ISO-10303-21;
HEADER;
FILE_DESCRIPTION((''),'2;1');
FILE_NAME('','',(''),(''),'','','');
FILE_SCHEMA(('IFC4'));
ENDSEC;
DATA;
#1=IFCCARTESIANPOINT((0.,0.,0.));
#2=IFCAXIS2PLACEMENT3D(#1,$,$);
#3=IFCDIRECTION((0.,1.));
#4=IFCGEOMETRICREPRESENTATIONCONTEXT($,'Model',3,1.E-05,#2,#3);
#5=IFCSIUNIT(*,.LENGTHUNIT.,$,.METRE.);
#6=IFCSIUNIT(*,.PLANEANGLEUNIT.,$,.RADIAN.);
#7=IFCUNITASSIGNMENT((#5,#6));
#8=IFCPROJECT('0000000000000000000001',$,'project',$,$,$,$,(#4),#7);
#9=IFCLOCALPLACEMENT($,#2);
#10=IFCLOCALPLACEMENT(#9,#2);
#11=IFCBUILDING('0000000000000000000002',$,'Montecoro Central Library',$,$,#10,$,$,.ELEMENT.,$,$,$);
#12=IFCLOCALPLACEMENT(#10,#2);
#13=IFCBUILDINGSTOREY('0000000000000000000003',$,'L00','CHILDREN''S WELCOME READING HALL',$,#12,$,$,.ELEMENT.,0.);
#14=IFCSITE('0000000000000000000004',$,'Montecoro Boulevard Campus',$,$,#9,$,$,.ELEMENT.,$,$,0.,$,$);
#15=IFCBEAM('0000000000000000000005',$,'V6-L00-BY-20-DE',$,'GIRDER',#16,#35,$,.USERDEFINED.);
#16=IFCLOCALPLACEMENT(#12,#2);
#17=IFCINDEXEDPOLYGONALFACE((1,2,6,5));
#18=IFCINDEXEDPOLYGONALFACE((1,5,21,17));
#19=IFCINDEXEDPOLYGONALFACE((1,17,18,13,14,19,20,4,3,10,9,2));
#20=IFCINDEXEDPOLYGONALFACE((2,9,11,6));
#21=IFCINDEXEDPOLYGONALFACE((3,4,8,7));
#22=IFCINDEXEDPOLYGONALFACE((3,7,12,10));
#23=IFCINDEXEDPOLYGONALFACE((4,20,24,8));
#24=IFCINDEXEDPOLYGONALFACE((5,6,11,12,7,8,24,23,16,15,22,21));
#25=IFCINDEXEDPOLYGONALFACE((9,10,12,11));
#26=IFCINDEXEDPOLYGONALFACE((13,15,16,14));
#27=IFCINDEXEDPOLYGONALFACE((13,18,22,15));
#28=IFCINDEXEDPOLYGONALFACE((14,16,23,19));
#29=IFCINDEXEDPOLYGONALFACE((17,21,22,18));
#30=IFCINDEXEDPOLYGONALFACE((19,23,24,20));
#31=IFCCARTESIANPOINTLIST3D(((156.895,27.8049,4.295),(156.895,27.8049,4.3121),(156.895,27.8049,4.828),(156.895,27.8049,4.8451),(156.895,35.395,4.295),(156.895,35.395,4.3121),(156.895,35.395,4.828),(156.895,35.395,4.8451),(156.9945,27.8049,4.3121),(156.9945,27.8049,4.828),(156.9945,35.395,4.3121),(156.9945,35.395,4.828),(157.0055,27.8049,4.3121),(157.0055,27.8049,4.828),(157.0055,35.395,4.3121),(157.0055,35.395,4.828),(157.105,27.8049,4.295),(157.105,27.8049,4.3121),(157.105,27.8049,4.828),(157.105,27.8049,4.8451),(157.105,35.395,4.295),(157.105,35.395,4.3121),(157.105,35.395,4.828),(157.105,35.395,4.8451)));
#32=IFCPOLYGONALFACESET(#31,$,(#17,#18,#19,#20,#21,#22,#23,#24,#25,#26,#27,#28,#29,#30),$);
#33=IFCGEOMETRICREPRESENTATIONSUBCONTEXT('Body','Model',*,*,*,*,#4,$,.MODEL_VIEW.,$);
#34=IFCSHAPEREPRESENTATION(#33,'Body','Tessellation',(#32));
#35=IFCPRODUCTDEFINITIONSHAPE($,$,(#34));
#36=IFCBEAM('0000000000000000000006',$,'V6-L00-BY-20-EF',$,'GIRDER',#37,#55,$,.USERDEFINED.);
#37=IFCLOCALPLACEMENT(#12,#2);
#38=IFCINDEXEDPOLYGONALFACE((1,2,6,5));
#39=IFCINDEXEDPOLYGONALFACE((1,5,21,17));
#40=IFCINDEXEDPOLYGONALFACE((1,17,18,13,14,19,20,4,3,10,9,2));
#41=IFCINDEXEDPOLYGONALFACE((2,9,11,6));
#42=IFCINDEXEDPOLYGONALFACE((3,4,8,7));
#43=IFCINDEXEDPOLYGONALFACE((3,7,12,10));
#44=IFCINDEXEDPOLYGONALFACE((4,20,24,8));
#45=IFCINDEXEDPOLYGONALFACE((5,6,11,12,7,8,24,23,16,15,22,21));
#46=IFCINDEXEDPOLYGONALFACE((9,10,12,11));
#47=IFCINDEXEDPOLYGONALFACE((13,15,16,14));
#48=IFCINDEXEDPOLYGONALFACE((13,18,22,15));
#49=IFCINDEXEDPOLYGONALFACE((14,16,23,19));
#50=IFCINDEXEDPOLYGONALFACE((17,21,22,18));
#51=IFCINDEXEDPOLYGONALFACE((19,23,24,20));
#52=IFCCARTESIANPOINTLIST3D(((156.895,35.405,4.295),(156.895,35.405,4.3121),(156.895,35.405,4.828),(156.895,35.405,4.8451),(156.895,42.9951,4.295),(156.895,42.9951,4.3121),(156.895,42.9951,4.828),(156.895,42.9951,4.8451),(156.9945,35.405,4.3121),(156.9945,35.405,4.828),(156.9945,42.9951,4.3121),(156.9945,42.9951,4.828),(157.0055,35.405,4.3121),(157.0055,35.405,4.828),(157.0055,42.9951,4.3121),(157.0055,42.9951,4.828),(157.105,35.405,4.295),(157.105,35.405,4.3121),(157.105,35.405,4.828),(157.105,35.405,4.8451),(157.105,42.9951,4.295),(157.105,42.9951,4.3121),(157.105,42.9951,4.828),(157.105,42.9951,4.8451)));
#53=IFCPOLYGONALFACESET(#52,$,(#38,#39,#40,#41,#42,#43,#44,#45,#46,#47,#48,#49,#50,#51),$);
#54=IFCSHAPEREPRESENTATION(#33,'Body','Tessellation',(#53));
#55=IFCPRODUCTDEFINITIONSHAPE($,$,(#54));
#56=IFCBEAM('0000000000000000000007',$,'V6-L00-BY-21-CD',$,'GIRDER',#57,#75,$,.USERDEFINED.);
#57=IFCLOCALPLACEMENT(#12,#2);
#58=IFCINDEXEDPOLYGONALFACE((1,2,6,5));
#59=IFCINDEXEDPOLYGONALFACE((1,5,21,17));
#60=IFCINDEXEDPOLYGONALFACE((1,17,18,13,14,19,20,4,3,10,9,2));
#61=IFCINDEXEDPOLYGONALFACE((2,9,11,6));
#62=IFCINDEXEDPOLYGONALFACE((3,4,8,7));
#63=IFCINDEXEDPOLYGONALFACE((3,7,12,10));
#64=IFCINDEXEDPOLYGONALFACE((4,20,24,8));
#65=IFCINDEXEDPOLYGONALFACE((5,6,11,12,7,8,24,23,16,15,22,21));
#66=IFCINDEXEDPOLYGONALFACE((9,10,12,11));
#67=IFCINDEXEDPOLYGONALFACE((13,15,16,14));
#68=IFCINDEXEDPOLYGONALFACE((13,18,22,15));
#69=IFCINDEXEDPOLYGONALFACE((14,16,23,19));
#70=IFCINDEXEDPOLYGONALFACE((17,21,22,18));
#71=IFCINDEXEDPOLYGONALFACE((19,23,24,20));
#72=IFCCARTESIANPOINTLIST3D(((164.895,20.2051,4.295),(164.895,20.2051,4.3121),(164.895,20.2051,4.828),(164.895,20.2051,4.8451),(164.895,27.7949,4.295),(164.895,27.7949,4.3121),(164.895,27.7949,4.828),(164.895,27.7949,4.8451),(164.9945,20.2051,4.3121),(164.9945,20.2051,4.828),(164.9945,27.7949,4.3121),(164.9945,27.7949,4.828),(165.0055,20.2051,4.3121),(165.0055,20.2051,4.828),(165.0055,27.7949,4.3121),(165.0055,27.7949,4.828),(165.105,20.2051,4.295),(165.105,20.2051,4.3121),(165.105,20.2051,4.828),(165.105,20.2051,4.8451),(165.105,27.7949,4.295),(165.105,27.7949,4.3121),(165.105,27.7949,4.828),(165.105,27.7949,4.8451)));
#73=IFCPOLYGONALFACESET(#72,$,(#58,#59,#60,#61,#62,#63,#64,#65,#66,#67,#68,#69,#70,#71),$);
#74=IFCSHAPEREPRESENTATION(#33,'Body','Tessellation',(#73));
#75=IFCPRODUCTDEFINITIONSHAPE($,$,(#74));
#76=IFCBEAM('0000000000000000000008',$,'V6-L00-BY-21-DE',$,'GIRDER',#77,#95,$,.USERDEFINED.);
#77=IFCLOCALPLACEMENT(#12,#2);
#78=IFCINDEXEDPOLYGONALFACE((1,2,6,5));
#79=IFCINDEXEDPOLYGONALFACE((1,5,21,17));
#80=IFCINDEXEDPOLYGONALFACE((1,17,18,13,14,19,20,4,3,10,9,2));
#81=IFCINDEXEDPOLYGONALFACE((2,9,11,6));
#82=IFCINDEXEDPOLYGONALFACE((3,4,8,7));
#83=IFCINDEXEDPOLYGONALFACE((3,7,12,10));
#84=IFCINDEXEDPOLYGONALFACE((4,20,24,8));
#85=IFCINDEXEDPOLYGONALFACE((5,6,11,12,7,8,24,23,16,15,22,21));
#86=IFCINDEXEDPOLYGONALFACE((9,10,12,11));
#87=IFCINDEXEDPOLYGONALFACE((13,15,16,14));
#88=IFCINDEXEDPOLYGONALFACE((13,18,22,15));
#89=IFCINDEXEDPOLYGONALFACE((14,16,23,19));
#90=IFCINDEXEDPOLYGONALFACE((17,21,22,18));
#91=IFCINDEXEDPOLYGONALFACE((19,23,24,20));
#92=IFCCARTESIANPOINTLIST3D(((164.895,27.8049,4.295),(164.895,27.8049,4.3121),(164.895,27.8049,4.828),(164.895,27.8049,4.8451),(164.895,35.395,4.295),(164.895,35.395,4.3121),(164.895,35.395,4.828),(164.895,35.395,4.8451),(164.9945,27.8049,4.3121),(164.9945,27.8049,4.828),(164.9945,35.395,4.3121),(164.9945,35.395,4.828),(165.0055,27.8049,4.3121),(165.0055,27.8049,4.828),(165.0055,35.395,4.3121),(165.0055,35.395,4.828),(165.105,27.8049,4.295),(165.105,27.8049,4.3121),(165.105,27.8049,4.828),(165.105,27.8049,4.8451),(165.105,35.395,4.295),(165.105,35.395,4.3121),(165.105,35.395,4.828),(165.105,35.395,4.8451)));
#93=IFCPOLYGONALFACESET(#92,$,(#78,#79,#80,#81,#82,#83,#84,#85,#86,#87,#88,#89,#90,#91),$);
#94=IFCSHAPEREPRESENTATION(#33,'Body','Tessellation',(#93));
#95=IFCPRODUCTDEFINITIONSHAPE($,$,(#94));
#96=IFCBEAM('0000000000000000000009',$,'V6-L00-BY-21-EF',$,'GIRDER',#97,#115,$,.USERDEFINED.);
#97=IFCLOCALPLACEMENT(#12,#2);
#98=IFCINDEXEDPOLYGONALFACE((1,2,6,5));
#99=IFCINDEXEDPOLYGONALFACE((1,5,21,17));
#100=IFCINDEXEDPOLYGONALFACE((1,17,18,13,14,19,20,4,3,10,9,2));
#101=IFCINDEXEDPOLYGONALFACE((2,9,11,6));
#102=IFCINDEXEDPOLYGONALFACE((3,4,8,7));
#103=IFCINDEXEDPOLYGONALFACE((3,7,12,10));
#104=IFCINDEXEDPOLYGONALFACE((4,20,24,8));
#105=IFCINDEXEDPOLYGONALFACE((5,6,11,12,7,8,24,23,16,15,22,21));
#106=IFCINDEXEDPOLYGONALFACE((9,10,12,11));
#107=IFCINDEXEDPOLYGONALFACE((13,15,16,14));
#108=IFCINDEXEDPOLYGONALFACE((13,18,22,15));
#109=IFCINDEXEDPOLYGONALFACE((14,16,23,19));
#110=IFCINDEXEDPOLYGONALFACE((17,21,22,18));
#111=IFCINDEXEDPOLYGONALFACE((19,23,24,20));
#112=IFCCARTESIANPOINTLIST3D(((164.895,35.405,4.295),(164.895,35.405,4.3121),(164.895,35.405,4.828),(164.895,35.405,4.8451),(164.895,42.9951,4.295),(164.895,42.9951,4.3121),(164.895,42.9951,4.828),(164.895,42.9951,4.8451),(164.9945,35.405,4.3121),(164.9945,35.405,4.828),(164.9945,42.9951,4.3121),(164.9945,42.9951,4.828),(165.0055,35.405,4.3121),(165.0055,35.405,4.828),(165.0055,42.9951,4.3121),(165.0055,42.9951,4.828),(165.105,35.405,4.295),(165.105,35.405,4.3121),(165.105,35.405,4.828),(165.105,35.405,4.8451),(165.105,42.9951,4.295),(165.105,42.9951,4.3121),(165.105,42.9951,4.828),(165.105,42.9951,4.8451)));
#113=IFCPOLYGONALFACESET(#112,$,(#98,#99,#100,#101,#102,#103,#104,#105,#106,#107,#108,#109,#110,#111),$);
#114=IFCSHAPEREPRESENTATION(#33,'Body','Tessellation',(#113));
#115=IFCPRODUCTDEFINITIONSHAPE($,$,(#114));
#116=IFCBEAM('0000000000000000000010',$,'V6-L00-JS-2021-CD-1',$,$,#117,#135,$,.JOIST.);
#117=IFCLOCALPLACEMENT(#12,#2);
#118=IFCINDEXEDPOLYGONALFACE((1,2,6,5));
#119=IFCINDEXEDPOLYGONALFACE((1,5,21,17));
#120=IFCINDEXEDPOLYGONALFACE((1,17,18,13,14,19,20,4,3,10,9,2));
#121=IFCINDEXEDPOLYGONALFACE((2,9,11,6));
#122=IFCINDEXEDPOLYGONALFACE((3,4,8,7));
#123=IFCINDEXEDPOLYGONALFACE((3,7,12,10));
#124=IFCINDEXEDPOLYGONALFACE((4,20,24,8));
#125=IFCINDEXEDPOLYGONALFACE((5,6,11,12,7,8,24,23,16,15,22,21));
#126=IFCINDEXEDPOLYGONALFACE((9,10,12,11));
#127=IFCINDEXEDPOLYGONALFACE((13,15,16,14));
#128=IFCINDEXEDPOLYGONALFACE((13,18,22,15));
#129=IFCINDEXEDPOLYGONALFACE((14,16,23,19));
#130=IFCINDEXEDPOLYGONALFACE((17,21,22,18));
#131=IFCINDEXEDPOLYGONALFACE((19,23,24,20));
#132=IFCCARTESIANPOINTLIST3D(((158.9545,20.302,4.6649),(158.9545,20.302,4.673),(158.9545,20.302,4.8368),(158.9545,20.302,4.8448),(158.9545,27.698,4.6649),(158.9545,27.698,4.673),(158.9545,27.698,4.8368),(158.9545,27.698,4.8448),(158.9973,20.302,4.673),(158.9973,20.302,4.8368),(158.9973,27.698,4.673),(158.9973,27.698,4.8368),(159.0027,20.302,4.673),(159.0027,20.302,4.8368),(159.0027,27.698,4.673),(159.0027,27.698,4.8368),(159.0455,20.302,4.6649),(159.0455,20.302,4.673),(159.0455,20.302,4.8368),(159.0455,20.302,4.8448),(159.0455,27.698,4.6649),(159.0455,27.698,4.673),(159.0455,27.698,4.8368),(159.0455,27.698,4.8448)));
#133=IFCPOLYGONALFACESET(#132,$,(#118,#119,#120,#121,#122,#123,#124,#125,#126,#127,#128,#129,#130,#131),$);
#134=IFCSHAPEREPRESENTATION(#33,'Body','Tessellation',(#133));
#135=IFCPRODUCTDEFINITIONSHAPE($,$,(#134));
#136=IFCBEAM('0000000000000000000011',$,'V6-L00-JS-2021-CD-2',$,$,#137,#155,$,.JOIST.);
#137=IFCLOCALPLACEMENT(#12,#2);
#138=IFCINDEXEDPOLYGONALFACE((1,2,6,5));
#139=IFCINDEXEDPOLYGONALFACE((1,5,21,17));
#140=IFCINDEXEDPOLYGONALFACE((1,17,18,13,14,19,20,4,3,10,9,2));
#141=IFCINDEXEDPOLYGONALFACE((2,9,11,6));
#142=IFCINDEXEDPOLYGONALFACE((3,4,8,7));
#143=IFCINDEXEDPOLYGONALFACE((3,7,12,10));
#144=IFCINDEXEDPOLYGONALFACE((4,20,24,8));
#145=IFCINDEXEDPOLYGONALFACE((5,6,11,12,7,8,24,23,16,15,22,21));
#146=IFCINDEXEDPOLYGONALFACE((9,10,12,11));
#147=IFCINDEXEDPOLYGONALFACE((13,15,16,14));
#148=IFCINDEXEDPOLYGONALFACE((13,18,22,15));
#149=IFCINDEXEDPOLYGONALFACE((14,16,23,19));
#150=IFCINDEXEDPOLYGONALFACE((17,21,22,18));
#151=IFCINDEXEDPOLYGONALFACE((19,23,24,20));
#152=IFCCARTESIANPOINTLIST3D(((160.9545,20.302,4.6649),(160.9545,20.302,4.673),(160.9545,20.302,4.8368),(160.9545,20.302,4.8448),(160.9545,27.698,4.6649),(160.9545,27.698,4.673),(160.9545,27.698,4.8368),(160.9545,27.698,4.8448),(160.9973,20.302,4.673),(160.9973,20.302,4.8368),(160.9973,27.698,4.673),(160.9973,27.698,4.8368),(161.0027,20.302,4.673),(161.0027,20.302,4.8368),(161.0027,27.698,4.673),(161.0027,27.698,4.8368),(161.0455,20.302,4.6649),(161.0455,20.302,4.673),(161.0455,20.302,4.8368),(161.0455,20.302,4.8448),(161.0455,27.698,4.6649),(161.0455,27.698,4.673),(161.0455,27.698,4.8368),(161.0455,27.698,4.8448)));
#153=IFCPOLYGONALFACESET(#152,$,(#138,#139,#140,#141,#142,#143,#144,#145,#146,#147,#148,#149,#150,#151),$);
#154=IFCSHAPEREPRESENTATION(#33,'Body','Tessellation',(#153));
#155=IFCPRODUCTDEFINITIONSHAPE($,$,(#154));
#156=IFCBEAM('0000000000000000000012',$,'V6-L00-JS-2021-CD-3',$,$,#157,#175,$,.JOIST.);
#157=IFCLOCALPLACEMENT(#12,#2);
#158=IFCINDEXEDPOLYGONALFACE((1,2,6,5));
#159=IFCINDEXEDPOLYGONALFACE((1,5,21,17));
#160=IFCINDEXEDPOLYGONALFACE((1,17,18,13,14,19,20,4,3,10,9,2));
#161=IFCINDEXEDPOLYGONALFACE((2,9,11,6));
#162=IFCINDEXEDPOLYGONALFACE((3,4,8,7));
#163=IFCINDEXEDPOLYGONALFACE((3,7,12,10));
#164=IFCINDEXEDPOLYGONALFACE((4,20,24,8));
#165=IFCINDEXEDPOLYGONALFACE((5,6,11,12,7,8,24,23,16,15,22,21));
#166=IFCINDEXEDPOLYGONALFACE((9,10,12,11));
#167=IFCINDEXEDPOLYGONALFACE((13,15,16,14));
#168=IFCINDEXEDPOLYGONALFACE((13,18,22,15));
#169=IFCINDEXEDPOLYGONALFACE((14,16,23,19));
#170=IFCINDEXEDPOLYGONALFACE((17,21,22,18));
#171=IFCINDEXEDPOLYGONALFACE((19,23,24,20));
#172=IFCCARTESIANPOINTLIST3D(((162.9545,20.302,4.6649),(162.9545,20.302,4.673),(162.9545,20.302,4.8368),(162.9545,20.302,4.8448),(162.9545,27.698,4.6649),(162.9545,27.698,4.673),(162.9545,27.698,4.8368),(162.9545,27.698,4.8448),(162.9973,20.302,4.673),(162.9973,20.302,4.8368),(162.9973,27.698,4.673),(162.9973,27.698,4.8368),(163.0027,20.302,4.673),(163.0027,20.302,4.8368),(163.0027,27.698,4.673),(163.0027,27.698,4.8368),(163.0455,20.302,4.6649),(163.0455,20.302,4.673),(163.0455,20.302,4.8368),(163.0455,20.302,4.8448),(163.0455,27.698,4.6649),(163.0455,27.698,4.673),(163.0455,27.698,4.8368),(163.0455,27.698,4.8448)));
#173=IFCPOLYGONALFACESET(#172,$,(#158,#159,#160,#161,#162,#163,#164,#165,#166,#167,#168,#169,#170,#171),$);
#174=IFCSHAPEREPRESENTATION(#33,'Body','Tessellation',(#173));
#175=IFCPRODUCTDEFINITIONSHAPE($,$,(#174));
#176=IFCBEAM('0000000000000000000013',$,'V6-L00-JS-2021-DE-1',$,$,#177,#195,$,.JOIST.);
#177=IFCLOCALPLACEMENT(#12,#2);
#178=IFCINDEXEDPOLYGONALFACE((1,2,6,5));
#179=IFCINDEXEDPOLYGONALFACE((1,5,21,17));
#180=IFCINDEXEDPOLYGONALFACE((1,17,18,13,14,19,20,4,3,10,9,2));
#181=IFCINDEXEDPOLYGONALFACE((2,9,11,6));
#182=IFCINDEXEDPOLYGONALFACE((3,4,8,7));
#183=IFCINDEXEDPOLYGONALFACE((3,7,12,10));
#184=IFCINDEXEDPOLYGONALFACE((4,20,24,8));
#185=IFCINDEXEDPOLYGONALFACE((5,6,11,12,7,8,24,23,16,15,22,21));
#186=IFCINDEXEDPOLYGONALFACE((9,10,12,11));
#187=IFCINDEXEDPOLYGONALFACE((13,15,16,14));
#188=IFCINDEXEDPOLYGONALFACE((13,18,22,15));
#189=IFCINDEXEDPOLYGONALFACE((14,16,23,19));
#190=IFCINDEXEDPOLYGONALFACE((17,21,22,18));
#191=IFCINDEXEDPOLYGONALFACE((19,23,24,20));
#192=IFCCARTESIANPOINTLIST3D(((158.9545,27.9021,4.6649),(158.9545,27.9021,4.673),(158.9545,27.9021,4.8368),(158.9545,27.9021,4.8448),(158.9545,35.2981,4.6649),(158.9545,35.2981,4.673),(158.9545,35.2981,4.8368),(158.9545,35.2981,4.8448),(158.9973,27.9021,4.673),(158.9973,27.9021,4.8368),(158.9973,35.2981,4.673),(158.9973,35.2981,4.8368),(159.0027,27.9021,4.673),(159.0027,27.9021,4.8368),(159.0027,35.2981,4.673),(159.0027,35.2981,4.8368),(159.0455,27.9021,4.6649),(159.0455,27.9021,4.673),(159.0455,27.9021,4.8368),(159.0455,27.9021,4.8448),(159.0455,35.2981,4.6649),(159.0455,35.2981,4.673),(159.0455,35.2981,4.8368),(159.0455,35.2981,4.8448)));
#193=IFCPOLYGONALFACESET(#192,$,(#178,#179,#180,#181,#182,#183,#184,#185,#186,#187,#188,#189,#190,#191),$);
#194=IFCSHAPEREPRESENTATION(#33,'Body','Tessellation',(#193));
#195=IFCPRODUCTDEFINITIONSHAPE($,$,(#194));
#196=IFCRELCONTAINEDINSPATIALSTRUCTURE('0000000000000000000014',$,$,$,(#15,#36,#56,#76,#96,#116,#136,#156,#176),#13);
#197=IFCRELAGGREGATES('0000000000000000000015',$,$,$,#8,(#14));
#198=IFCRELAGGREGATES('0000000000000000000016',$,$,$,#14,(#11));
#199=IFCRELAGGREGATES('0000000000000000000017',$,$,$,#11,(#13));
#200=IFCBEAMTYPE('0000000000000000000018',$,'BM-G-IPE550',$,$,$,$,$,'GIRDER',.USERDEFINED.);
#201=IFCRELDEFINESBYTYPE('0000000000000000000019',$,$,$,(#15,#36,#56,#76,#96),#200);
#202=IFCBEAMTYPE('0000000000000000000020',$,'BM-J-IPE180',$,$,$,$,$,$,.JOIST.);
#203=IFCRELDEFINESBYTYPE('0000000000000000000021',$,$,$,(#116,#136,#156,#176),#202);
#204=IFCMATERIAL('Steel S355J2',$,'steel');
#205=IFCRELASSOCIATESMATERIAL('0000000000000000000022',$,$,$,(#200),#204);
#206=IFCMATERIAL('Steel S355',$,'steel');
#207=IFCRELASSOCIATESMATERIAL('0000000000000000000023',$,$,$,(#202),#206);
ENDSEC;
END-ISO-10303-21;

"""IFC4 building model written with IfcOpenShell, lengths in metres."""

from ifc_helpers import new_model, si_unit, direction, frame, origin, origin_2d, place, context, subcontext, project, spatial, i_section, extrude, material, material_profile, profile_set, type_object, element, save


model = new_model("IFC4")

# Units and contexts
model_context = context("Model", 3, precision=1e-05, world=origin(), true_north=direction((0.0, 1.0)))
body_context = subcontext(model_context, "Body", "Model", "MODEL_VIEW")
ifc_project = project(units=[si_unit("LENGTHUNIT", "METRE"), si_unit("PLANEANGLEUNIT", "RADIAN")], contexts=[model_context])

# Site, building, storey
site_placement = place(None, origin())
site = spatial("IfcSite", under=ifc_project, at=site_placement, Name="Montecoro Boulevard Campus", CompositionType="ELEMENT", RefElevation=0.0)
building_placement = place(site_placement, origin())
building = spatial("IfcBuilding", under=site, at=building_placement, Name="Montecoro Central Library", CompositionType="ELEMENT")
storey_placement = place(building_placement, origin())
storey = spatial("IfcBuildingStorey", under=building, at=storey_placement, Name="L00", Description="CHILDREN'S WELCOME READING HALL", CompositionType="ELEMENT", Elevation=0.0)

# Shared definitions
ifc_material_1 = material(Name="Steel S355", Category="steel")

# Beams
ifc_material_2 = material(Name="Steel S355J2", Category="steel")
ifc_material_profile_1 = material_profile(ifc_material_2, i_section(OverallWidth=0.21, OverallDepth=0.55, WebThickness=0.011, FlangeThickness=0.0171, at=origin_2d()), Name="IPE 550")
ifc_profile_set_1 = profile_set([ifc_material_profile_1], Name="Steel S355J2")
beam_type_1 = type_object("IfcBeamType", Name="BM-G-IPE550", ElementType="GIRDER", PredefinedType="USERDEFINED", material=ifc_profile_set_1)
for number, where, z_axis, x_axis, name in (
    (1, (157.0, 27.8049, 4.5701), (0.0, 1.0, 0.0), (-1.0, 0.0, 0.0), "V6-L00-BY-20-DE"),
    (2, (157.0, 35.405, 4.5701), (0.0, 1.0, 0.0), (-1.0, 0.0, 0.0), "V6-L00-BY-20-EF"),
):
    element("IfcBeam", number, at=place(storey_placement, frame(where, z_axis=z_axis, x_axis=x_axis)), inside=storey, type_object=beam_type_1, Name=name, ObjectType="GIRDER", PredefinedType="USERDEFINED", context=body_context, shape_type="SweptSolid", body=[
        extrude(i_section(OverallWidth=0.21, OverallDepth=0.55, WebThickness=0.011, FlangeThickness=0.0171, at=origin_2d()), origin(), (0.0, 0.0, 1.0), 7.5901),
    ])
beam_1_placement = place(storey_placement, frame((165.0, 20.2051, 4.5701), z_axis=(0.0, 1.0, 0.0), x_axis=(-1.0, 0.0, 0.0)))
element("IfcBeam", 3, at=beam_1_placement, inside=storey, type_object=beam_type_1, Name="V6-L00-BY-21-CD", ObjectType="GIRDER", PredefinedType="USERDEFINED", context=body_context, shape_type="SweptSolid", body=[
    extrude(i_section(OverallWidth=0.21, OverallDepth=0.55, WebThickness=0.011, FlangeThickness=0.0171, at=origin_2d()), origin(), (0.0, 0.0, 1.0), 7.5898),
])
for number, where, z_axis, x_axis, name in (
    (4, (165.0, 27.8049, 4.5701), (0.0, 1.0, 0.0), (-1.0, 0.0, 0.0), "V6-L00-BY-21-DE"),
    (5, (165.0, 35.405, 4.5701), (0.0, 1.0, 0.0), (-1.0, 0.0, 0.0), "V6-L00-BY-21-EF"),
):
    element("IfcBeam", number, at=place(storey_placement, frame(where, z_axis=z_axis, x_axis=x_axis)), inside=storey, type_object=beam_type_1, Name=name, ObjectType="GIRDER", PredefinedType="USERDEFINED", context=body_context, shape_type="SweptSolid", body=[
        extrude(i_section(OverallWidth=0.21, OverallDepth=0.55, WebThickness=0.011, FlangeThickness=0.0171, at=origin_2d()), origin(), (0.0, 0.0, 1.0), 7.5901),
    ])
ifc_material_profile_2 = material_profile(ifc_material_1, i_section(OverallWidth=0.0911, OverallDepth=0.1799, WebThickness=0.0054, FlangeThickness=0.0081, at=origin_2d()), Name="IPE 180")
ifc_profile_set_2 = profile_set([ifc_material_profile_2], Name="Steel S355")
beam_type_2 = type_object("IfcBeamType", Name="BM-J-IPE180", PredefinedType="JOIST", material=ifc_profile_set_2)
for number, where, z_axis, x_axis, name in (
    (6, (159.0, 20.302, 4.7549), (0.0, 1.0, 0.0), (-1.0, 0.0, 0.0), "V6-L00-JS-2021-CD-1"),
    (7, (161.0, 20.302, 4.7549), (0.0, 1.0, 0.0), (-1.0, 0.0, 0.0), "V6-L00-JS-2021-CD-2"),
    (8, (163.0, 20.302, 4.7549), (0.0, 1.0, 0.0), (-1.0, 0.0, 0.0), "V6-L00-JS-2021-CD-3"),
    (9, (159.0, 27.9021, 4.7549), (0.0, 1.0, 0.0), (-1.0, 0.0, 0.0), "V6-L00-JS-2021-DE-1"),
):
    element("IfcBeam", number, at=place(storey_placement, frame(where, z_axis=z_axis, x_axis=x_axis)), inside=storey, type_object=beam_type_2, Name=name, PredefinedType="JOIST", context=body_context, shape_type="SweptSolid", body=[
        extrude(i_section(OverallWidth=0.0911, OverallDepth=0.1799, WebThickness=0.0054, FlangeThickness=0.0081, at=origin_2d()), origin(), (0.0, 0.0, 1.0), 7.396),
    ])

save(model, "model.ifc")
